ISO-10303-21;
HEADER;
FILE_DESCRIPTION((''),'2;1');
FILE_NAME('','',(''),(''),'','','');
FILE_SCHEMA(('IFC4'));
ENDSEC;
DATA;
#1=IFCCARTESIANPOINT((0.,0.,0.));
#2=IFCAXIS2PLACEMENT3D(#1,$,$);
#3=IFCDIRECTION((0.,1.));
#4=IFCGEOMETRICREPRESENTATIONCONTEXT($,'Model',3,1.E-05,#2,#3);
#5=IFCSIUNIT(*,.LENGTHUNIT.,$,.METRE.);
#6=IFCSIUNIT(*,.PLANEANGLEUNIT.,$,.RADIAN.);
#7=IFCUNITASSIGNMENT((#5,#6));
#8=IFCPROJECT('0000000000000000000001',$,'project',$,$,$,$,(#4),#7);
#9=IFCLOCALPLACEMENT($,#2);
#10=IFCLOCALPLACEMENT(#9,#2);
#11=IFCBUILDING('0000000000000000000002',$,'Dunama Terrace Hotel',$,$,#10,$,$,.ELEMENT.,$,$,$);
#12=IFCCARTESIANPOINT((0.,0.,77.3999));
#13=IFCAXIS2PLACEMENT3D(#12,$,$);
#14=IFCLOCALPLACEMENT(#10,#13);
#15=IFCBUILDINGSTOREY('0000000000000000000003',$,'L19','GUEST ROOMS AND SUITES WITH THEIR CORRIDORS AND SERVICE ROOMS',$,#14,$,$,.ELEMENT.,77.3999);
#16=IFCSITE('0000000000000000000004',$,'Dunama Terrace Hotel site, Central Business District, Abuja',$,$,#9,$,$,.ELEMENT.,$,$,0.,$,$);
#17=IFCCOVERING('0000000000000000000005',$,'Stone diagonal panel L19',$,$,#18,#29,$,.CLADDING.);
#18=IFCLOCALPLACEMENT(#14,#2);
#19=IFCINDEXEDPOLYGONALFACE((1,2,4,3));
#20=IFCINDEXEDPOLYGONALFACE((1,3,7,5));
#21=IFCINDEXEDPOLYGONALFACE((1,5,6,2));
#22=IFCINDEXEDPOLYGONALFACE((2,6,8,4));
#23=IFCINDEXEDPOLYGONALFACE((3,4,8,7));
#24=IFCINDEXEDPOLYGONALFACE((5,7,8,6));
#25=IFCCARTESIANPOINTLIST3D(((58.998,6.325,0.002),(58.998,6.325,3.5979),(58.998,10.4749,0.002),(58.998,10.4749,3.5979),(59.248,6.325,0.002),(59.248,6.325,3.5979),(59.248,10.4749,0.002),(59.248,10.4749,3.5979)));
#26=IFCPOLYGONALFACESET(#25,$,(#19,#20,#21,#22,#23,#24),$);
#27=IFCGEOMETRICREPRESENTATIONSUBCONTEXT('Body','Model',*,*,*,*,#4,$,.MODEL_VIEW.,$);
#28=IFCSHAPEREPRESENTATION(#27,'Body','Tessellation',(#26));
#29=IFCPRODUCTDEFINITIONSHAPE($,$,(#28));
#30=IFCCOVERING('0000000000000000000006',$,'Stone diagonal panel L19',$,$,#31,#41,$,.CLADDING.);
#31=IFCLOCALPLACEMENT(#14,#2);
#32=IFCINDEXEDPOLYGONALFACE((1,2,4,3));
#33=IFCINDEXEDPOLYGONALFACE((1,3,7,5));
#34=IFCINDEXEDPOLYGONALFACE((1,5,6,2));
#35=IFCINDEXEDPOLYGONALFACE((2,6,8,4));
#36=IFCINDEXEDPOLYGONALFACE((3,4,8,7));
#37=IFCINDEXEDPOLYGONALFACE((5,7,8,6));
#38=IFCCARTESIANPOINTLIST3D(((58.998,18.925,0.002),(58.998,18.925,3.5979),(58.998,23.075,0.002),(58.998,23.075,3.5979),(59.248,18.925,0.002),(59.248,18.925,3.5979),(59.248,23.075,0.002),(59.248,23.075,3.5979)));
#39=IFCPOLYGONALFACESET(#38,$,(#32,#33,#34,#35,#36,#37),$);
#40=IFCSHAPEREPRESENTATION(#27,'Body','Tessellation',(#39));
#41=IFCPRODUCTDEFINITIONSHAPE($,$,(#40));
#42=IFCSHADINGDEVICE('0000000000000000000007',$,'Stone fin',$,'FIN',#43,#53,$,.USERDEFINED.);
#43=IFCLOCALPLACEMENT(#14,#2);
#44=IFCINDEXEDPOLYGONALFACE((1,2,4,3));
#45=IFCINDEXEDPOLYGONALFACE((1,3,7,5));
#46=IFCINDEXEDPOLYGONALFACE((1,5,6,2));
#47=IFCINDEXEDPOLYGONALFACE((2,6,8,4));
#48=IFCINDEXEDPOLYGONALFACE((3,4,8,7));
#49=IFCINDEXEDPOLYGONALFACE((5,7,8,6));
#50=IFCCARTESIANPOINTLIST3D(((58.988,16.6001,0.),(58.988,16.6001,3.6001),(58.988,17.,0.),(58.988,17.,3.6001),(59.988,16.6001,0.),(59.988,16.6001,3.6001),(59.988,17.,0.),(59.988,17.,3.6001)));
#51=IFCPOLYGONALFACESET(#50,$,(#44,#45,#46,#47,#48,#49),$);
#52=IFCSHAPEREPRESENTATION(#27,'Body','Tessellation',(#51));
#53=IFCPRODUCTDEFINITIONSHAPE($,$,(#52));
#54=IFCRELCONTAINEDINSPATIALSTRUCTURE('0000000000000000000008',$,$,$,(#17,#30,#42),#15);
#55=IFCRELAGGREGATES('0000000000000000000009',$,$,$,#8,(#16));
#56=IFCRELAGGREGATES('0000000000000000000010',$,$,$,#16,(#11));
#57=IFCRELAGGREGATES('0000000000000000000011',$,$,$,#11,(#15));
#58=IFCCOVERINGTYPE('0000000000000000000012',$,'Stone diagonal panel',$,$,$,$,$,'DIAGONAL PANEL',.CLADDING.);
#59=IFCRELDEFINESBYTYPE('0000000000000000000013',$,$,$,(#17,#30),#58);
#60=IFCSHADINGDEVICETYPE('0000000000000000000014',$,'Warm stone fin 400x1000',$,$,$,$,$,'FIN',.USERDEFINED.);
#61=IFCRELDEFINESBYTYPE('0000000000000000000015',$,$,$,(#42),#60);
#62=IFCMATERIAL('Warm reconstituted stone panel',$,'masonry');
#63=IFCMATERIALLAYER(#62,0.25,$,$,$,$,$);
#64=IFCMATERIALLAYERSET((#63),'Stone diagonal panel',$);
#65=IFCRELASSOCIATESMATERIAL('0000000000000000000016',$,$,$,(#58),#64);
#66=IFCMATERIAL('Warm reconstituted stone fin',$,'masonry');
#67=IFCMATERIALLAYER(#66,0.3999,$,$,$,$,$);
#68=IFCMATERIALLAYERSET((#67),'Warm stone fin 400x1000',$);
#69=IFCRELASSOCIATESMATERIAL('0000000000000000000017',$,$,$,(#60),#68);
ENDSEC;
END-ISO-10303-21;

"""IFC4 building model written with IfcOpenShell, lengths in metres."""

from ifc_helpers import new_model, si_unit, direction, frame, origin, origin_2d, place, context, subcontext, project, spatial, rectangle, extrude, material, layer, layer_set, type_object, element, save


model = new_model("IFC4")

# Units and contexts
model_context = context("Model", 3, precision=1e-05, world=origin(), true_north=direction((0.0, 1.0)))
body_context = subcontext(model_context, "Body", "Model", "MODEL_VIEW")
ifc_project = project(units=[si_unit("LENGTHUNIT", "METRE"), si_unit("PLANEANGLEUNIT", "RADIAN")], contexts=[model_context])

# Site, building, storey
site_placement = place(None, origin())
site = spatial("IfcSite", under=ifc_project, at=site_placement, Name="Dunama Terrace Hotel site, Central Business District, Abuja", CompositionType="ELEMENT", RefElevation=0.0)
building_placement = place(site_placement, origin())
building = spatial("IfcBuilding", under=site, at=building_placement, Name="Dunama Terrace Hotel", CompositionType="ELEMENT")
storey_placement = place(building_placement, frame((0.0, 0.0, 77.3999)))
storey = spatial("IfcBuildingStorey", under=building, at=storey_placement, Name="L19", Description="GUEST ROOMS AND SUITES WITH THEIR CORRIDORS AND SERVICE ROOMS", CompositionType="ELEMENT", Elevation=77.3999)

# Coverings
ifc_material_1 = material(Name="Warm reconstituted stone panel", Category="masonry")
ifc_layer_1 = layer(ifc_material_1, 0.25)
ifc_layer_set_1 = layer_set([ifc_layer_1], Name="Stone diagonal panel")
covering_type = type_object("IfcCoveringType", Name="Stone diagonal panel", ElementType="DIAGONAL PANEL", PredefinedType="CLADDING", material=ifc_layer_set_1)
for number, where, z_axis, x_axis, name in (
    (1, (59.123, 8.3999, 0.002), (0.0, 0.0, 1.0), (0.0, 1.0, 0.0), "Stone diagonal panel L19"),
    (2, (59.123, 21.0, 0.002), (0.0, 0.0, 1.0), (0.0, 1.0, 0.0), "Stone diagonal panel L19"),
):
    element("IfcCovering", number, at=place(storey_placement, frame(where, z_axis=z_axis, x_axis=x_axis)), inside=storey, type_object=covering_type, Name=name, PredefinedType="CLADDING", context=body_context, shape_type="SweptSolid", body=[
        extrude(rectangle(XDim=4.1499, YDim=0.25, at=origin_2d()), origin(), (0.0, 0.0, 1.0), 3.5959),
    ])

# Shading device
ifc_material_2 = material(Name="Warm reconstituted stone fin", Category="masonry")
ifc_layer_2 = layer(ifc_material_2, 0.3999)
ifc_layer_set_2 = layer_set([ifc_layer_2], Name="Warm stone fin 400x1000")
shading_device_type = type_object("IfcShadingDeviceType", Name="Warm stone fin 400x1000", ElementType="FIN", PredefinedType="USERDEFINED", material=ifc_layer_set_2)
shading_device_placement = place(storey_placement, frame((59.488, 16.8, 0.0), z_axis=(0.0, 0.0, 1.0), x_axis=(0.0, 1.0, 0.0)))
element("IfcShadingDevice", 3, at=shading_device_placement, inside=storey, type_object=shading_device_type, Name="Stone fin", ObjectType="FIN", PredefinedType="USERDEFINED", context=body_context, shape_type="SweptSolid", body=[
    extrude(rectangle(XDim=0.3999, YDim=1.0, at=origin_2d()), origin(), (0.0, 0.0, 1.0), 3.6001),
])

save(model, "model.ifc")
